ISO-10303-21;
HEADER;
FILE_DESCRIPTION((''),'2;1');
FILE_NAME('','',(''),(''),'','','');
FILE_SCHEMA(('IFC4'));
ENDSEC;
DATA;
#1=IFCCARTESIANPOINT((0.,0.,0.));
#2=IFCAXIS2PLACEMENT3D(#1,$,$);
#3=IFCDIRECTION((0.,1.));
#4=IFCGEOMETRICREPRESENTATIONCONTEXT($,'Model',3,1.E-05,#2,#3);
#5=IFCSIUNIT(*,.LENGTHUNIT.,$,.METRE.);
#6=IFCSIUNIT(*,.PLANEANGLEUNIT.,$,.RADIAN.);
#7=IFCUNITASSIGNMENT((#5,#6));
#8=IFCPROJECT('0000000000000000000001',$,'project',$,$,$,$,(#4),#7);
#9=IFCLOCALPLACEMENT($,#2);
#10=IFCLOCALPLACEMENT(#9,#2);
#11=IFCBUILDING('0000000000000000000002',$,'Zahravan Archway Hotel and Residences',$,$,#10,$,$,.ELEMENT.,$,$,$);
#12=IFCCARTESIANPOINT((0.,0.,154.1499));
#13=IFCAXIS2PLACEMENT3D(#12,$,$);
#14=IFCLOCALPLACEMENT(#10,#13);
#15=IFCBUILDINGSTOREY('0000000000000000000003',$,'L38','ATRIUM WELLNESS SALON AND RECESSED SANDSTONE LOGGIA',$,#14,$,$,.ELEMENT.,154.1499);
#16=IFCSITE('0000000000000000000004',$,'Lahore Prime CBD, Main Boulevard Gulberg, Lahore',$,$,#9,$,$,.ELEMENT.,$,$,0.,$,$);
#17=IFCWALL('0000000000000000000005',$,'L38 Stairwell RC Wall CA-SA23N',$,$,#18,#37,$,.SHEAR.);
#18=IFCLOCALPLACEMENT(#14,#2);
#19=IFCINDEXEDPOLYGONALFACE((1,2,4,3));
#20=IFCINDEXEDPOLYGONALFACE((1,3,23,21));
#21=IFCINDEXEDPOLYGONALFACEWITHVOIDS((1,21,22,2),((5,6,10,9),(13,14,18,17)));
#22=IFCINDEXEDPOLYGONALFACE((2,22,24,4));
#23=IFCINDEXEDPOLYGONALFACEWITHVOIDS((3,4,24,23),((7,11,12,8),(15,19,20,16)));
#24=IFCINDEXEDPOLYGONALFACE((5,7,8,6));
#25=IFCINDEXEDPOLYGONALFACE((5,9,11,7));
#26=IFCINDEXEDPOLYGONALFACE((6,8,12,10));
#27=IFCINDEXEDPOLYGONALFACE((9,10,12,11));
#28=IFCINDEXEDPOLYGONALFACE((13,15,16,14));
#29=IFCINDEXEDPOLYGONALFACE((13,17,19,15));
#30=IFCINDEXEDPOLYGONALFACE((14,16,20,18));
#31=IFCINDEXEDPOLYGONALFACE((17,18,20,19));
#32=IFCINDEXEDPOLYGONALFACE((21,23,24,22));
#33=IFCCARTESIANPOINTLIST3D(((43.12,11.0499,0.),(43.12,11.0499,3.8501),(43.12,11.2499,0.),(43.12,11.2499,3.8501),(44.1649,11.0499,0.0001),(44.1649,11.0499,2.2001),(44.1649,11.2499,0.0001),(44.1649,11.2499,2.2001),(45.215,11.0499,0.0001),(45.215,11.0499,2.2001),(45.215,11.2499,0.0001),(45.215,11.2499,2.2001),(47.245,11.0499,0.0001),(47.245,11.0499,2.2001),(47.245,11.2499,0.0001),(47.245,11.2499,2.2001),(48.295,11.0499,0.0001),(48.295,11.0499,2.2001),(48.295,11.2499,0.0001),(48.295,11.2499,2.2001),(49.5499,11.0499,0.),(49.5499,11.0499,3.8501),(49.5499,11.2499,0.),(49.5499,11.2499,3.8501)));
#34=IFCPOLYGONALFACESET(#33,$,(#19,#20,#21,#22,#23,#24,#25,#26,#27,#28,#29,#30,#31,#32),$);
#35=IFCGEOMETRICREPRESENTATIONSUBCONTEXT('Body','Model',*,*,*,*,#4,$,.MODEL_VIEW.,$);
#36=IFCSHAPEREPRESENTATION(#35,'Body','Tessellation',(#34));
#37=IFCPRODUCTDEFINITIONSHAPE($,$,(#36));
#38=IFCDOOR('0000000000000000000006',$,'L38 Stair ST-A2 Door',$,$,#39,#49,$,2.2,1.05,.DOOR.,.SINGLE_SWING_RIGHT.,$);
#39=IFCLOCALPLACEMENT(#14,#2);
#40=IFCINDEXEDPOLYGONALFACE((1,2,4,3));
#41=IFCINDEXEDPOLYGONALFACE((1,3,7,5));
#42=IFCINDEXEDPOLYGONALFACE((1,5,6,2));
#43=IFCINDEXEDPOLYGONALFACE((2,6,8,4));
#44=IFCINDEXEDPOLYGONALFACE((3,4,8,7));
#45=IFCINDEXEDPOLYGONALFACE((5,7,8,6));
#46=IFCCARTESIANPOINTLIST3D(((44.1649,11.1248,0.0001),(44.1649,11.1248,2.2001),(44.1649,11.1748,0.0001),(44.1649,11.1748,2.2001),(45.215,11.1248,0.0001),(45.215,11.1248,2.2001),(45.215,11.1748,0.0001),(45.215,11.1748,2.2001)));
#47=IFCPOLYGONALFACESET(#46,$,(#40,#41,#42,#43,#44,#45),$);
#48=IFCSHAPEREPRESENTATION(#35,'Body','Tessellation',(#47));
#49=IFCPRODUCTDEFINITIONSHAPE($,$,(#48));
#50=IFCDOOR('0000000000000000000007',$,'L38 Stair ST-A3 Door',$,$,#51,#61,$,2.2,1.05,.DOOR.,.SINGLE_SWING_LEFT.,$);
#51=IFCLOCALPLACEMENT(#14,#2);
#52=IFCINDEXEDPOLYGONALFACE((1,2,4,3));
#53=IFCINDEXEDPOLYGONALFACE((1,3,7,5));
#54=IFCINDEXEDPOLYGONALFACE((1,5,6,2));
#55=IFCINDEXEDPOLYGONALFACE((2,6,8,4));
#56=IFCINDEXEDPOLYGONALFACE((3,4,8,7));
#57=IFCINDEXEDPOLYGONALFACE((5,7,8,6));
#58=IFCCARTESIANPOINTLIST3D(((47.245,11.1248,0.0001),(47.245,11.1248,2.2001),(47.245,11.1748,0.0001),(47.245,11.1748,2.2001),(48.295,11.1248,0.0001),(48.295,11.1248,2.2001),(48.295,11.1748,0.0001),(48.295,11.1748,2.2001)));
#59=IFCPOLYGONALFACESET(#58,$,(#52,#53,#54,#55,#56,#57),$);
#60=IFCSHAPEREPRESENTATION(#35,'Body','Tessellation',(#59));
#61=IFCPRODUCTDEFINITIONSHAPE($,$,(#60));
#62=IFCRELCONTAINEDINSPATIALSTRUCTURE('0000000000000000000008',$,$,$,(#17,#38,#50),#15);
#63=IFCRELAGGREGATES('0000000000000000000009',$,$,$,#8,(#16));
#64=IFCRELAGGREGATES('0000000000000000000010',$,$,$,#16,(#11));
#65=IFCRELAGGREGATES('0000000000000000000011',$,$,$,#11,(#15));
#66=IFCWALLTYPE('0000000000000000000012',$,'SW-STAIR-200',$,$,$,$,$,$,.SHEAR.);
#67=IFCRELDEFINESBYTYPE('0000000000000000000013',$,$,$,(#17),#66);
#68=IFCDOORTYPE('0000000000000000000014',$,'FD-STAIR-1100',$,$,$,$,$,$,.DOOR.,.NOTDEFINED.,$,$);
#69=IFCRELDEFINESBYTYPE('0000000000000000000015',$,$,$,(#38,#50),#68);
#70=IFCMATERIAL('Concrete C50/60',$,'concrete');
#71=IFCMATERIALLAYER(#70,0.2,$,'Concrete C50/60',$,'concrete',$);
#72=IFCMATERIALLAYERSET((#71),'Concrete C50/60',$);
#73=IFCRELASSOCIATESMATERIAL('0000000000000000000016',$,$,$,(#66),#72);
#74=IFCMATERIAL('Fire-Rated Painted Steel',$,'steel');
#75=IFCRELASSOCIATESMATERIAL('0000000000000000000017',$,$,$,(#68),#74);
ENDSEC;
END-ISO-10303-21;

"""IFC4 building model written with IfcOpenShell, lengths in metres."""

from ifc_helpers import new_model, si_unit, direction, frame, frame_2d, origin, place, context, subcontext, project, spatial, rectangle, extrude, source, transform, mapped, material, layer, layer_set, type_object, type_shapes, element, fill, save


model = new_model("IFC4")

# Units and contexts
model_context = context("Model", 3, precision=1e-05, world=origin(), true_north=direction((0.0, 1.0)))
body_context = subcontext(model_context, "Body", "Model", "MODEL_VIEW")
ifc_project = project(units=[si_unit("LENGTHUNIT", "METRE"), si_unit("PLANEANGLEUNIT", "RADIAN")], contexts=[model_context])

# Site, building, storey
site_placement = place(None, origin())
site = spatial("IfcSite", under=ifc_project, at=site_placement, Name="Lahore Prime CBD, Main Boulevard Gulberg, Lahore", CompositionType="ELEMENT", RefElevation=0.0)
building_placement = place(site_placement, origin())
building = spatial("IfcBuilding", under=site, at=building_placement, Name="Zahravan Archway Hotel and Residences", CompositionType="ELEMENT")
storey_placement = place(building_placement, frame((0.0, 0.0, 154.1499)))
storey = spatial("IfcBuildingStorey", under=building, at=storey_placement, Name="L38", Description="ATRIUM WELLNESS SALON AND RECESSED SANDSTONE LOGGIA", CompositionType="ELEMENT", Elevation=154.1499)

# Shared definitions
ifc_material_1 = material(Name="Fire-Rated Painted Steel", Category="steel")

# Wall, openings, doors
ifc_material_2 = material(Name="Concrete C50/60", Category="concrete")
ifc_layer_1 = layer(ifc_material_2, 0.2, Name="Concrete C50/60", Category="concrete")
ifc_layer_set_1 = layer_set([ifc_layer_1], Name="Concrete C50/60")
wall_type_1 = type_object("IfcWallType", Name="SW-STAIR-200", PredefinedType="SHEAR", material=ifc_layer_set_1)
wall_1_placement = place(storey_placement, frame((43.1201, 11.1499, 0.0), z_axis=(0.0, 0.0, 1.0), x_axis=(1.0, 0.0, 0.0)))
wall_1 = element("IfcWall", 1, at=wall_1_placement, inside=storey, type_object=wall_type_1, Name="L38 Stairwell RC Wall CA-SA23N", PredefinedType="SHEAR", context=body_context, shape_type="SweptSolid", body=[
    extrude(rectangle(XDim=6.4299, YDim=0.2, at=frame_2d((3.2148, 0.0))), origin(), (0.0, 0.0, 1.0), 3.8501),
])
opening_1_placement = place(wall_1_placement, frame((1.0449, 0.0, 0.0)))
opening_1 = element("IfcOpeningElement", 2, at=opening_1_placement, cuts=wall_1, PredefinedType="OPENING", context=body_context, shape_type="SweptSolid", body=[
    extrude(rectangle(XDim=1.05, YDim=2.2, at=frame_2d((0.5249, 1.1001))), frame((0.0, 0.1099, 0.0), z_axis=(0.0, -1.0, 0.0), x_axis=(1.0, 0.0, 0.0)), (0.0, 0.0, 1.0), 0.22),
])
opening_2_placement = place(wall_1_placement, frame((4.125, 0.0, 0.0)))
opening_2 = element("IfcOpeningElement", 3, at=opening_2_placement, cuts=wall_1, PredefinedType="OPENING", context=body_context, shape_type="SweptSolid", body=[
    extrude(rectangle(XDim=1.05, YDim=2.2, at=frame_2d((0.5249, 1.1001))), frame((0.0, 0.1099, 0.0), z_axis=(0.0, -1.0, 0.0), x_axis=(1.0, 0.0, 0.0)), (0.0, 0.0, 1.0), 0.22),
])
door_type_1 = type_object("IfcDoorType", Name="FD-STAIR-1100", OperationType="NOTDEFINED", PredefinedType="DOOR", material=ifc_material_1)
shared_shape_1 = source(origin(), body_context, "Body", "SweptSolid", [
    extrude(rectangle(XDim=1.05, YDim=2.2, at=frame_2d((0.5249, 1.1001))), frame((0.0, 0.0249, 0.0), z_axis=(0.0, -1.0, 0.0), x_axis=(1.0, 0.0, 0.0)), (0.0, 0.0, 1.0), 0.05),
])
type_shapes(door_type_1, [shared_shape_1])
door_1_placement = place(opening_1_placement, origin())
door_1 = element("IfcDoor", 4, at=door_1_placement, inside=storey, type_object=door_type_1, Name="L38 Stair ST-A2 Door", OperationType="SINGLE_SWING_RIGHT", OverallHeight=2.2, OverallWidth=1.05, PredefinedType="DOOR", context=body_context, shape_type="MappedRepresentation", body=[
    mapped(shared_shape_1, transform((0.0, 0.0, 0.0), scale=1.0)),
])
fill(opening_1, door_1)
door_2_placement = place(opening_2_placement, origin())
door_2 = element("IfcDoor", 5, at=door_2_placement, inside=storey, type_object=door_type_1, Name="L38 Stair ST-A3 Door", OperationType="SINGLE_SWING_LEFT", OverallHeight=2.2, OverallWidth=1.05, PredefinedType="DOOR", context=body_context, shape_type="MappedRepresentation", body=[
    mapped(shared_shape_1, transform((0.0, 0.0, 0.0), scale=1.0)),
])
fill(opening_2, door_2)

save(model, "model.ifc")
